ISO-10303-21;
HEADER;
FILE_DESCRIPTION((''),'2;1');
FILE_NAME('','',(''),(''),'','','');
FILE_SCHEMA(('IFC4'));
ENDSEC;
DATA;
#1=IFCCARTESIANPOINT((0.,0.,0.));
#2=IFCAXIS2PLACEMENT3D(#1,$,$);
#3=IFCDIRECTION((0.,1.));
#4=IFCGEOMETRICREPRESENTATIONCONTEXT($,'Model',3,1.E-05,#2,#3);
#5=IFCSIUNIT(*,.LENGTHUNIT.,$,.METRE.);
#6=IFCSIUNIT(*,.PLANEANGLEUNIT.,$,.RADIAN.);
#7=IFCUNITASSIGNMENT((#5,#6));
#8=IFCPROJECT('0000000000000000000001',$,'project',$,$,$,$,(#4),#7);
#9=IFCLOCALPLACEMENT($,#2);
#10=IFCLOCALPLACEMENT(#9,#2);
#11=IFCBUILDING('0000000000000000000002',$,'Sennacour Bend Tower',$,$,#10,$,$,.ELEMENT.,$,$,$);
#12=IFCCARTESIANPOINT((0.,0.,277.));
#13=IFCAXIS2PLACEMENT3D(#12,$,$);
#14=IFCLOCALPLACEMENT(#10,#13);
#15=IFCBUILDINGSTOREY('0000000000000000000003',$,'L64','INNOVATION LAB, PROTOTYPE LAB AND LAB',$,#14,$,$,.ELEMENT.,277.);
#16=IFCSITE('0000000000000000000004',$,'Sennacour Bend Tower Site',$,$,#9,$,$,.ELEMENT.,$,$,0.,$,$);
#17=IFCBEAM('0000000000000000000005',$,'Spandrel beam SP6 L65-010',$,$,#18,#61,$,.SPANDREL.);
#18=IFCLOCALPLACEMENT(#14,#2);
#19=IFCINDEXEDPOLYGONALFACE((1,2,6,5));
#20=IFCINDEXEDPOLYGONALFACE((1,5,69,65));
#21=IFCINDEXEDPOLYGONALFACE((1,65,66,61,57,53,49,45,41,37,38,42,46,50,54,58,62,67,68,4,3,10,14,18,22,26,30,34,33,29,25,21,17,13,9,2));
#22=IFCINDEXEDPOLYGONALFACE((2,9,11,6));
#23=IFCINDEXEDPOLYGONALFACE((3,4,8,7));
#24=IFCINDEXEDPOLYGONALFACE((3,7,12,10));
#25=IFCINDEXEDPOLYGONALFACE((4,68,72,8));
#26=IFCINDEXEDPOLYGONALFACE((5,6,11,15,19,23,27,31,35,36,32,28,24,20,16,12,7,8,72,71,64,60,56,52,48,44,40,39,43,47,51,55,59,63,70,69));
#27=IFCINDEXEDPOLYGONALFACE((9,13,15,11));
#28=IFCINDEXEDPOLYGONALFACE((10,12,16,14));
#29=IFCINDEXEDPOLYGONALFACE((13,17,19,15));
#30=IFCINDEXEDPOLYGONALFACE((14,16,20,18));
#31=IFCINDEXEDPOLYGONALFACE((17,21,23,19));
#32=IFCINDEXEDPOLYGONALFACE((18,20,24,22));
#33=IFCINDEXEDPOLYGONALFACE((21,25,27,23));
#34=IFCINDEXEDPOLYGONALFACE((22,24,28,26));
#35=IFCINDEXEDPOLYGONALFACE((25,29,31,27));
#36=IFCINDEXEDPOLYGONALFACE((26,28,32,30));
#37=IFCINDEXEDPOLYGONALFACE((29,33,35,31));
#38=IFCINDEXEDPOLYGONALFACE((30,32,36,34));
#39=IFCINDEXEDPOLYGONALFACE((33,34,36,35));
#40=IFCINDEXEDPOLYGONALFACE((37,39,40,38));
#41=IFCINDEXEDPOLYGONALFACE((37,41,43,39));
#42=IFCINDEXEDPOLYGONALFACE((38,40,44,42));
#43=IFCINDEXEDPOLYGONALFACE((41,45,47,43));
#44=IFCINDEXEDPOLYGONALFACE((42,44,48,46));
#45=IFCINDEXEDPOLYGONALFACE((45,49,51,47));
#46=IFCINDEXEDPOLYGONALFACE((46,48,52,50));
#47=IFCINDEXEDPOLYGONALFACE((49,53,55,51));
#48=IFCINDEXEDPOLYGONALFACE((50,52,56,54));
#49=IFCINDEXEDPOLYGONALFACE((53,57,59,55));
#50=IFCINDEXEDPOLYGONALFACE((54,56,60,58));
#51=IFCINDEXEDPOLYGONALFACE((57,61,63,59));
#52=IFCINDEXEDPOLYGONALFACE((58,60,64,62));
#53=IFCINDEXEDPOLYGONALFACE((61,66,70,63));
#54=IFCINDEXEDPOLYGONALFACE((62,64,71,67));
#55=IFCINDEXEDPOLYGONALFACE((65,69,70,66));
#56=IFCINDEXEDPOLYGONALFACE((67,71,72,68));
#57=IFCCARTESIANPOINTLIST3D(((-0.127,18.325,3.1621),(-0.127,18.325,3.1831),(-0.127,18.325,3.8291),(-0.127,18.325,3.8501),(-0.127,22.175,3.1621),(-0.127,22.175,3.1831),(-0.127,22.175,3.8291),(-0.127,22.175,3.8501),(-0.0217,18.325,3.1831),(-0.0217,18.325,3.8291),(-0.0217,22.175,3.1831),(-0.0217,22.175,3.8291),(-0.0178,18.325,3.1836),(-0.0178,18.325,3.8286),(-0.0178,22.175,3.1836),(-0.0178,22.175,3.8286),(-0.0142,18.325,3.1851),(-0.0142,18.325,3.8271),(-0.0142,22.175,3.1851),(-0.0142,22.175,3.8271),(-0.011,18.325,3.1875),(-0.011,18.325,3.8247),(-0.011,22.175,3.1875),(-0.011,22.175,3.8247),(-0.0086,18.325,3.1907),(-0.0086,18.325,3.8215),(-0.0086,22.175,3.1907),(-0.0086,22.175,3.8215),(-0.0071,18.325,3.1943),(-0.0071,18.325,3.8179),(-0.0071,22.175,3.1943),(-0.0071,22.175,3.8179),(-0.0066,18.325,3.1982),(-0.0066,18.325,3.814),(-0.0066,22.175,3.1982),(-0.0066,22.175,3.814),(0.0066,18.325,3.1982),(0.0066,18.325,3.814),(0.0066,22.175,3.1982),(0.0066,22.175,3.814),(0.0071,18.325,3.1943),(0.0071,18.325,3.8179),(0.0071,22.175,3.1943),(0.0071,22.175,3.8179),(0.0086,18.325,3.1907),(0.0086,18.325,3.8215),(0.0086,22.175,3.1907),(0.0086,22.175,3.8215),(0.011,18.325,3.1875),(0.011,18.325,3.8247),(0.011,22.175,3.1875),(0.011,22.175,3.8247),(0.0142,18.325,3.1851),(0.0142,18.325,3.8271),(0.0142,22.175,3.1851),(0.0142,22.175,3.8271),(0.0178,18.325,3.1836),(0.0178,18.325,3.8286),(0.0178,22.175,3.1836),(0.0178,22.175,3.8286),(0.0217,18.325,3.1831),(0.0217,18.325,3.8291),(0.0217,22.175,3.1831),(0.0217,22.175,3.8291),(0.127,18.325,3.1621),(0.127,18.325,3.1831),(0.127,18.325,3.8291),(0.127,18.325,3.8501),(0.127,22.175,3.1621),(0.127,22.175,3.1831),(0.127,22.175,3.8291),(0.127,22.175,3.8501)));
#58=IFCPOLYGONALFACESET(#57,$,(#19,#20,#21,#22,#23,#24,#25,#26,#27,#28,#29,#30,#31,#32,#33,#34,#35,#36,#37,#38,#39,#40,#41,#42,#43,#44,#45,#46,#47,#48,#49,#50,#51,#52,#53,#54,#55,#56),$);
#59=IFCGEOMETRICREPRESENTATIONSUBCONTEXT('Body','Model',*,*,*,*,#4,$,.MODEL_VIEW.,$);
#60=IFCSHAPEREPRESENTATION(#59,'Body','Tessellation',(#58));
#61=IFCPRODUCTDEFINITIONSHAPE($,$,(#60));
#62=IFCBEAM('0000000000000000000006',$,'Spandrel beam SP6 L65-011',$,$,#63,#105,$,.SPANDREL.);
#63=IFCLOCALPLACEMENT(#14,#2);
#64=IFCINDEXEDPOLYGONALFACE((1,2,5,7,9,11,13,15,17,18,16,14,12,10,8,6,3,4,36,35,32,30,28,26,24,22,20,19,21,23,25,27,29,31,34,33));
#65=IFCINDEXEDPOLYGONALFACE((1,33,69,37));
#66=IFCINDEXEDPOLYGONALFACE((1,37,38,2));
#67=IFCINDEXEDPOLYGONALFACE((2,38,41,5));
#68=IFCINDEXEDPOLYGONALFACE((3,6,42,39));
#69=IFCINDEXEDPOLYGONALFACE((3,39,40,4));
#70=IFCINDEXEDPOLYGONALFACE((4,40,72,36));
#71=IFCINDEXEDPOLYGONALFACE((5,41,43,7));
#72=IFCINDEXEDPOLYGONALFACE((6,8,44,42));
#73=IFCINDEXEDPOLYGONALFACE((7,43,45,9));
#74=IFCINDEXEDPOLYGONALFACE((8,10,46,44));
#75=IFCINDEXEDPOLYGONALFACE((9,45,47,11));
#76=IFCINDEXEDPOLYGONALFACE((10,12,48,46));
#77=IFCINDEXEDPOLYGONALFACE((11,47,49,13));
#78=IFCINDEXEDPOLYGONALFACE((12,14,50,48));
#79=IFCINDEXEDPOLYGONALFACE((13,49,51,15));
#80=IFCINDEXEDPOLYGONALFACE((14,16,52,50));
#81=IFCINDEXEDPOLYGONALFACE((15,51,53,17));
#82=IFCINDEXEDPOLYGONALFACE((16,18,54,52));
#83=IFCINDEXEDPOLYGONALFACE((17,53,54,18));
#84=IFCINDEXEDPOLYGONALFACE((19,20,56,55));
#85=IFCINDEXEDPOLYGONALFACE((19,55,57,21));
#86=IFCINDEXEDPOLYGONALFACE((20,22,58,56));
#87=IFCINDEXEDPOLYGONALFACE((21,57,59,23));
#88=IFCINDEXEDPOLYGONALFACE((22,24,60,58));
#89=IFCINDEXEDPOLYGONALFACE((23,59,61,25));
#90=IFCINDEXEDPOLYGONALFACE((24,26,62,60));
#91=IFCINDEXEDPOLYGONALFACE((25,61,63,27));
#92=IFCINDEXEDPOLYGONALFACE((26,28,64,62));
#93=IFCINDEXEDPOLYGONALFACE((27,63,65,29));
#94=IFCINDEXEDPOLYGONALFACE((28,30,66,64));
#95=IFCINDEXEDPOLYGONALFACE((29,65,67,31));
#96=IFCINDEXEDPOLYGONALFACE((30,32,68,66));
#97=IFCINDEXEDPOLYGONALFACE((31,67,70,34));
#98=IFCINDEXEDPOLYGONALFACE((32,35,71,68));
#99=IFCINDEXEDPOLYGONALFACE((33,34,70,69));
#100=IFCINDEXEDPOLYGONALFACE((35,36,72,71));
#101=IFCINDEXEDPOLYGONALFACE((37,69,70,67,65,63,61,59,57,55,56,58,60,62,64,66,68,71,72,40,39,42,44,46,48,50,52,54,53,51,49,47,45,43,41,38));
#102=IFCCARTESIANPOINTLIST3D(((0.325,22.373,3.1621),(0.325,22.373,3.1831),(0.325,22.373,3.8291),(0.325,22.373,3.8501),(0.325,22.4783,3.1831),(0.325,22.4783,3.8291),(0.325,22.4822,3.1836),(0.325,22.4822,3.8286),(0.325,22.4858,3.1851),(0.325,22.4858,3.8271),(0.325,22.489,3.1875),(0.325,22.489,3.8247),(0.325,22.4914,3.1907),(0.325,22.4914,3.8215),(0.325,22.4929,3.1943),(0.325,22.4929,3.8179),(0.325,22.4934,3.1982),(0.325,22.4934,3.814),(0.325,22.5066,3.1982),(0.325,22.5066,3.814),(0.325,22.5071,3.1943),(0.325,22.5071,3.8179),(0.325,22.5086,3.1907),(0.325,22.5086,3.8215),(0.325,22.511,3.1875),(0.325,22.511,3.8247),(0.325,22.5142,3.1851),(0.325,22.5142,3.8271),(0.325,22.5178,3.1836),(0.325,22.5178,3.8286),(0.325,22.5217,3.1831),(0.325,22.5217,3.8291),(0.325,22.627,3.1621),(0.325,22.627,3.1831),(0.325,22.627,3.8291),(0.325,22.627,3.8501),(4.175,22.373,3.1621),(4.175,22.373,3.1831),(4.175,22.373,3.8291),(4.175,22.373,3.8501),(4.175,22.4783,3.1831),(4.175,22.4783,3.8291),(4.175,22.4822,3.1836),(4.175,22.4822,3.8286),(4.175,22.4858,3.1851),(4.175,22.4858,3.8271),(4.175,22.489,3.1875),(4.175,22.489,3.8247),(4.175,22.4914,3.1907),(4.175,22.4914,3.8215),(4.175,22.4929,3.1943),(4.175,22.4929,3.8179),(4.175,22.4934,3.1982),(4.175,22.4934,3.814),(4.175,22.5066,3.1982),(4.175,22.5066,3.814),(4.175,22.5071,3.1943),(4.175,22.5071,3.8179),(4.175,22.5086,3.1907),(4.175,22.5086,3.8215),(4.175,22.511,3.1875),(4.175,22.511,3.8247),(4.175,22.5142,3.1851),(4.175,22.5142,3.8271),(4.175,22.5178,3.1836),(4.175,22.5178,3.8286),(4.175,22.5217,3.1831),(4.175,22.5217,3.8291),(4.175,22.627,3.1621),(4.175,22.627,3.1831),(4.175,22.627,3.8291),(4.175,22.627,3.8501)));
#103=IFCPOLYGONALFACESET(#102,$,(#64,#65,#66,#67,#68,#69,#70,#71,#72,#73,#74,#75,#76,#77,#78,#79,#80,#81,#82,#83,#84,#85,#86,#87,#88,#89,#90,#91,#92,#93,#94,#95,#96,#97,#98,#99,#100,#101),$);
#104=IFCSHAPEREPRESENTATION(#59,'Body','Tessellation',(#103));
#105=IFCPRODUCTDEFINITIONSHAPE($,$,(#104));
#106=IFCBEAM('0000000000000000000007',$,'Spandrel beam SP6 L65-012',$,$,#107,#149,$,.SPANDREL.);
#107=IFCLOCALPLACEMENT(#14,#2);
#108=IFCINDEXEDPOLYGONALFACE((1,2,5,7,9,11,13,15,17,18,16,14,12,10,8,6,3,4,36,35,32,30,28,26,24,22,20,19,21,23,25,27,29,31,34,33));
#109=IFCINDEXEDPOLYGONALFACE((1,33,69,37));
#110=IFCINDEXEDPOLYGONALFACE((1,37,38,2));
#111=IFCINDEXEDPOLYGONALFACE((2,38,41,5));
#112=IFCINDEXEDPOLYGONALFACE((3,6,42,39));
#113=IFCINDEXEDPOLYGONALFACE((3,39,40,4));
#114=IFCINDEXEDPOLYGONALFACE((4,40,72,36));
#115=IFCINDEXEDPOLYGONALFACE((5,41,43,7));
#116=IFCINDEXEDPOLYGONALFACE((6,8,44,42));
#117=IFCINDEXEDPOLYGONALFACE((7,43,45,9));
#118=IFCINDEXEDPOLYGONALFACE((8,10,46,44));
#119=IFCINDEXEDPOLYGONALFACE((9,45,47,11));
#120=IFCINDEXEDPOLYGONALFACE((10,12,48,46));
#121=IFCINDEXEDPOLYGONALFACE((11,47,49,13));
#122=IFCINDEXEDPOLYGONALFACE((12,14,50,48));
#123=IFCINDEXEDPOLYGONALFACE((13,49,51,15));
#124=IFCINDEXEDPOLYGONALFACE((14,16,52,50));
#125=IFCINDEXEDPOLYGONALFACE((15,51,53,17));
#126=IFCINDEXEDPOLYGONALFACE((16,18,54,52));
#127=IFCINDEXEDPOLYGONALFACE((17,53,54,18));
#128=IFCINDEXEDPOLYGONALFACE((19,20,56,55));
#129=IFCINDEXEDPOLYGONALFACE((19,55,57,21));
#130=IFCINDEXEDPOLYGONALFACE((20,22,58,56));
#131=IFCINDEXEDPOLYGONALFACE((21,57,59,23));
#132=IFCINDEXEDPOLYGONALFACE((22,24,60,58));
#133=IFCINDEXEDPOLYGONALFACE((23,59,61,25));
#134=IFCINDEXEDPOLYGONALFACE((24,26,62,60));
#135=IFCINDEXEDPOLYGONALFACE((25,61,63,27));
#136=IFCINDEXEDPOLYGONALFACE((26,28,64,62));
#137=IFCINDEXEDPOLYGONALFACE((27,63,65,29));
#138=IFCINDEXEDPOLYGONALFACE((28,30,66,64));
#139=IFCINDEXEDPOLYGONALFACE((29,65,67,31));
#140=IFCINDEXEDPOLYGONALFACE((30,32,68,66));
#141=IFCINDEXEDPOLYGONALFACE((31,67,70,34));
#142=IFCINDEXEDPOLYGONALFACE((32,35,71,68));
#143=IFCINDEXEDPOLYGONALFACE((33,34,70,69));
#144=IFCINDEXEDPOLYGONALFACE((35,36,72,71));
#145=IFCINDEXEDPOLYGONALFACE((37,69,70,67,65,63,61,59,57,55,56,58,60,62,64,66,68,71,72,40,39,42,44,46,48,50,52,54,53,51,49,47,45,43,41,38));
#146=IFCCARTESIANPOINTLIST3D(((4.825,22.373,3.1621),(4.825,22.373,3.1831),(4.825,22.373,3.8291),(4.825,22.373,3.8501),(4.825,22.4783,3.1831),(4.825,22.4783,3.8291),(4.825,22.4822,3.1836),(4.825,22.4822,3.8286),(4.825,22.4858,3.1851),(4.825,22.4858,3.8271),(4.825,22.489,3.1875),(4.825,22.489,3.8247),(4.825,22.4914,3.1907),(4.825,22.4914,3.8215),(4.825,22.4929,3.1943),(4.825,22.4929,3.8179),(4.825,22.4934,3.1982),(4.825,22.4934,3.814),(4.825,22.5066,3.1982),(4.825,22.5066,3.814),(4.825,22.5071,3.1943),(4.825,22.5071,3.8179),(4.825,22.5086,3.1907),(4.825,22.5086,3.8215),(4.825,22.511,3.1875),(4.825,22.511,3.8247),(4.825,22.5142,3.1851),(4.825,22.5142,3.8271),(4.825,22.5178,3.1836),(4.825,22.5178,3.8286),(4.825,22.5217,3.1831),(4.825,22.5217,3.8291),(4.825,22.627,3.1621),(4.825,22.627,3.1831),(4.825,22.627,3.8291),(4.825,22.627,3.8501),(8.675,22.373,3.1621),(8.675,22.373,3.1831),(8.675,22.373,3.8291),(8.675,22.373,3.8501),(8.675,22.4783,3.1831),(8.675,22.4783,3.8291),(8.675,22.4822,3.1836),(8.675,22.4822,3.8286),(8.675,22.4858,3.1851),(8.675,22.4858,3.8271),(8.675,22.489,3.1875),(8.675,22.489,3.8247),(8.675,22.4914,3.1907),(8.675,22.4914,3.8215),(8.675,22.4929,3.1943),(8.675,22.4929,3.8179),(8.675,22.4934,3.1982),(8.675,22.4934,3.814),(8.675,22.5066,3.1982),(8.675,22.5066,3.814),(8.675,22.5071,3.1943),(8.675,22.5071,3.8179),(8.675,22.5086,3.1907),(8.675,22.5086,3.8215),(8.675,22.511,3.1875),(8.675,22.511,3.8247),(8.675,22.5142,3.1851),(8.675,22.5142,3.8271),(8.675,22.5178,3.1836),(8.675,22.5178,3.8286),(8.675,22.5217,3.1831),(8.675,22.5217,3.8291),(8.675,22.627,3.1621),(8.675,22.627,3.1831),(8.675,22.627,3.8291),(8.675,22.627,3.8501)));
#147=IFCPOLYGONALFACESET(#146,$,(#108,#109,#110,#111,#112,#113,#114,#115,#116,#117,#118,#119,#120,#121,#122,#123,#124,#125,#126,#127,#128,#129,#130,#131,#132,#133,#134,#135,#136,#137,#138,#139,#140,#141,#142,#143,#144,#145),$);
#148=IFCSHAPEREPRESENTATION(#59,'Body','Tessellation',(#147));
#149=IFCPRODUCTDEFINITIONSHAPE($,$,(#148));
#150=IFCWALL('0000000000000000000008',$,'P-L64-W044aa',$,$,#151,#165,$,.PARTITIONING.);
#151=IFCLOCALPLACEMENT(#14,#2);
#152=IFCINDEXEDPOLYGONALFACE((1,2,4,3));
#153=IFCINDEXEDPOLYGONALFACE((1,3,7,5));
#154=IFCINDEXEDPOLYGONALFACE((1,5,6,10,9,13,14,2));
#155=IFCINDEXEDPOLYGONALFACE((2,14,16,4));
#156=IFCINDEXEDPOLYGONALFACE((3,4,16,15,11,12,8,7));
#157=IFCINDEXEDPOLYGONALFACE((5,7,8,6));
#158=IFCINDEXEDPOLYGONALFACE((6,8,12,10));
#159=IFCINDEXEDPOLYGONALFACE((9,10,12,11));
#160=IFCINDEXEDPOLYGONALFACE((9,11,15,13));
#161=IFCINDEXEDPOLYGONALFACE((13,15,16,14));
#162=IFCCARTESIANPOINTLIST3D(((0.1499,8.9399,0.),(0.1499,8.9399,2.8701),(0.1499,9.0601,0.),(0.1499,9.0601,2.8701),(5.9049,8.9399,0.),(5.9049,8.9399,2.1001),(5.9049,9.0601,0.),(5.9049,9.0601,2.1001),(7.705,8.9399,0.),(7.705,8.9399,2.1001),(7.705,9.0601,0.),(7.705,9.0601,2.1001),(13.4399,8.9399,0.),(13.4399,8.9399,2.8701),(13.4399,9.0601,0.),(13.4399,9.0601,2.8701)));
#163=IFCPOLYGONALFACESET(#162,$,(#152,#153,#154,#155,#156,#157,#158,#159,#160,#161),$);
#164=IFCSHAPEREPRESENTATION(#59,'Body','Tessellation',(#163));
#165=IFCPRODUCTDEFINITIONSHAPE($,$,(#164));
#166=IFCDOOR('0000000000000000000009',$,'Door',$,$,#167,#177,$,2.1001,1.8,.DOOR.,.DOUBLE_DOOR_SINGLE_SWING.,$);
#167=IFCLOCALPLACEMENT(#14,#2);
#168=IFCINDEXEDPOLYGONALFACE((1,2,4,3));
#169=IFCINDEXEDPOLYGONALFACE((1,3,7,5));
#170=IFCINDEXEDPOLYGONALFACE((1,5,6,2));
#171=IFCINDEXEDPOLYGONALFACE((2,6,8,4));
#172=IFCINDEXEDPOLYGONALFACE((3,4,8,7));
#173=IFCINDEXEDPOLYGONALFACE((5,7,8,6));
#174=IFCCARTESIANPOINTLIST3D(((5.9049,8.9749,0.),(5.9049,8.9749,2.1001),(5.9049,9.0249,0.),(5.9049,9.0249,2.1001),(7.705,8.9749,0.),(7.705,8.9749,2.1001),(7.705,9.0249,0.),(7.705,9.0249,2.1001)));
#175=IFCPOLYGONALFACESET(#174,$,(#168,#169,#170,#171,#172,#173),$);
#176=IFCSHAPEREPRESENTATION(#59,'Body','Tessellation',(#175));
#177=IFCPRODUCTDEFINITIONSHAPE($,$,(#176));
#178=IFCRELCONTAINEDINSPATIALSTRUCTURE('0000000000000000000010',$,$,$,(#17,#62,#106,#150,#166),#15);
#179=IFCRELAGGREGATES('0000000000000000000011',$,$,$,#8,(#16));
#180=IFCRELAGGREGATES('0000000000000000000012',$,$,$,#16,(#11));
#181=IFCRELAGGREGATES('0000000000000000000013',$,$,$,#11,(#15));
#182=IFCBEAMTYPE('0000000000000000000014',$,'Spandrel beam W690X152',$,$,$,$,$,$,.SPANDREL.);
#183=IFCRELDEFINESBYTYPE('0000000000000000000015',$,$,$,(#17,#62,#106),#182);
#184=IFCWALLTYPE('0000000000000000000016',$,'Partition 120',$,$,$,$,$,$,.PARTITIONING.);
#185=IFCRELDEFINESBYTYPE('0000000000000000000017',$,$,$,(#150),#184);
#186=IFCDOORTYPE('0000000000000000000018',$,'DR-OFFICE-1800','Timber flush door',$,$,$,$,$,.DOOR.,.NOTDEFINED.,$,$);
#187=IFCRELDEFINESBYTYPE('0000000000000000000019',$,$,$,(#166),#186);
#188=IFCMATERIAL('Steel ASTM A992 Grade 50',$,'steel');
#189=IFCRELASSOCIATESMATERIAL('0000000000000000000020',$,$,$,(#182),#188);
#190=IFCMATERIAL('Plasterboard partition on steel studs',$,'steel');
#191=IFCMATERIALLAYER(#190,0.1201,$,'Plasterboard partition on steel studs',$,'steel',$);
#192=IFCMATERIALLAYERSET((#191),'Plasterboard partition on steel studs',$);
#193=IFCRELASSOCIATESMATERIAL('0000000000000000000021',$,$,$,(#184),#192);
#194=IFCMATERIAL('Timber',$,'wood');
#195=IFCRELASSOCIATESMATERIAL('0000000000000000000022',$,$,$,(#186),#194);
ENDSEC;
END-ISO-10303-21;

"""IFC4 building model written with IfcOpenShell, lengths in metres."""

from ifc_helpers import new_model, si_unit, direction, frame, frame_2d, origin, origin_2d, place, context, subcontext, project, spatial, rectangle, i_section, extrude, material, layer, layer_set, material_profile, profile_set, type_object, element, fill, save


model = new_model("IFC4")

# Units and contexts
model_context = context("Model", 3, precision=1e-05, world=origin(), true_north=direction((0.0, 1.0)))
body_context = subcontext(model_context, "Body", "Model", "MODEL_VIEW")
ifc_project = project(units=[si_unit("LENGTHUNIT", "METRE"), si_unit("PLANEANGLEUNIT", "RADIAN")], contexts=[model_context])

# Site, building, storey
site_placement = place(None, origin())
site = spatial("IfcSite", under=ifc_project, at=site_placement, Name="Sennacour Bend Tower Site", CompositionType="ELEMENT", RefElevation=0.0)
building_placement = place(site_placement, origin())
building = spatial("IfcBuilding", under=site, at=building_placement, Name="Sennacour Bend Tower", CompositionType="ELEMENT")
storey_placement = place(building_placement, frame((0.0, 0.0, 277.0)))
storey = spatial("IfcBuildingStorey", under=building, at=storey_placement, Name="L64", Description="INNOVATION LAB, PROTOTYPE LAB AND LAB", CompositionType="ELEMENT", Elevation=277.0)

# Beams
ifc_material_1 = material(Name="Steel ASTM A992 Grade 50", Category="steel")
ifc_material_profile_1 = material_profile(ifc_material_1, i_section(OverallWidth=0.2539, OverallDepth=0.688, WebThickness=0.0132, FlangeThickness=0.021, FilletRadius=0.0151, at=origin_2d()), Name="Steel ASTM A992 Grade 50", Category="steel")
ifc_profile_set_1 = profile_set([ifc_material_profile_1], Name="Steel ASTM A992 Grade 50")
beam_type = type_object("IfcBeamType", Name="Spandrel beam W690X152", PredefinedType="SPANDREL", material=ifc_profile_set_1)
for number, where, z_axis, x_axis, name in (
    (1, (0.0, 18.325, 3.5061), (0.0, 1.0, 0.0), (-1.0, 0.0, 0.0), "Spandrel beam SP6 L65-010"),
    (2, (0.325, 22.5, 3.5061), (1.0, 0.0, 0.0), (0.0, 1.0, 0.0), "Spandrel beam SP6 L65-011"),
    (3, (4.825, 22.5, 3.5061), (1.0, 0.0, 0.0), (0.0, 1.0, 0.0), "Spandrel beam SP6 L65-012"),
):
    element("IfcBeam", number, at=place(storey_placement, frame(where, z_axis=z_axis, x_axis=x_axis)), inside=storey, type_object=beam_type, Name=name, PredefinedType="SPANDREL", context=body_context, shape_type="SweptSolid", body=[
        extrude(i_section(OverallWidth=0.2539, OverallDepth=0.688, WebThickness=0.0132, FlangeThickness=0.021, FilletRadius=0.0151, at=origin_2d()), origin(), (0.0, 0.0, 1.0), 3.8501),
    ])

# Wall, opening, door
ifc_material_2 = material(Name="Plasterboard partition on steel studs", Category="steel")
ifc_layer_1 = layer(ifc_material_2, 0.1201, Name="Plasterboard partition on steel studs", Category="steel")
ifc_layer_set_1 = layer_set([ifc_layer_1], Name="Plasterboard partition on steel studs")
wall_type_1 = type_object("IfcWallType", Name="Partition 120", PredefinedType="PARTITIONING", material=ifc_layer_set_1)
wall_1_placement = place(storey_placement, frame((0.1499, 9.0, 0.0), z_axis=(0.0, 0.0, 1.0), x_axis=(1.0, 0.0, 0.0)))
wall_1 = element("IfcWall", 4, at=wall_1_placement, inside=storey, type_object=wall_type_1, Name="P-L64-W044aa", PredefinedType="PARTITIONING", context=body_context, shape_type="SweptSolid", body=[
    extrude(rectangle(XDim=13.29, YDim=0.1201, at=frame_2d((6.645, 0.0))), origin(), (0.0, 0.0, 1.0), 2.8701),
])
opening_1_placement = place(wall_1_placement, frame((5.7551, 0.0, 0.0)))
opening_1 = element("IfcOpeningElement", 5, at=opening_1_placement, cuts=wall_1, PredefinedType="OPENING", context=body_context, shape_type="SweptSolid", body=[
    extrude(rectangle(XDim=1.8, YDim=2.1001, at=frame_2d((0.8999, 1.05))), frame((0.0, 0.0701, 0.0), z_axis=(0.0, -1.0, 0.0), x_axis=(1.0, 0.0, 0.0)), (0.0, 0.0, 1.0), 0.1401),
])
ifc_material_3 = material(Name="Timber", Category="wood")
door_type = type_object("IfcDoorType", Name="DR-OFFICE-1800", Description="Timber flush door", OperationType="NOTDEFINED", PredefinedType="DOOR", material=ifc_material_3)
door_placement = place(opening_1_placement, origin())
door = element("IfcDoor", 6, at=door_placement, inside=storey, type_object=door_type, Name="Door", OperationType="DOUBLE_DOOR_SINGLE_SWING", OverallHeight=2.1001, OverallWidth=1.8, PredefinedType="DOOR", context=body_context, shape_type="SweptSolid", body=[
    extrude(rectangle(XDim=1.8, YDim=2.1001, at=frame_2d((0.8999, 1.05))), frame((0.0, 0.0249, 0.0), z_axis=(0.0, -1.0, 0.0), x_axis=(1.0, 0.0, 0.0)), (0.0, 0.0, 1.0), 0.05),
])
fill(opening_1, door)

save(model, "model.ifc")
